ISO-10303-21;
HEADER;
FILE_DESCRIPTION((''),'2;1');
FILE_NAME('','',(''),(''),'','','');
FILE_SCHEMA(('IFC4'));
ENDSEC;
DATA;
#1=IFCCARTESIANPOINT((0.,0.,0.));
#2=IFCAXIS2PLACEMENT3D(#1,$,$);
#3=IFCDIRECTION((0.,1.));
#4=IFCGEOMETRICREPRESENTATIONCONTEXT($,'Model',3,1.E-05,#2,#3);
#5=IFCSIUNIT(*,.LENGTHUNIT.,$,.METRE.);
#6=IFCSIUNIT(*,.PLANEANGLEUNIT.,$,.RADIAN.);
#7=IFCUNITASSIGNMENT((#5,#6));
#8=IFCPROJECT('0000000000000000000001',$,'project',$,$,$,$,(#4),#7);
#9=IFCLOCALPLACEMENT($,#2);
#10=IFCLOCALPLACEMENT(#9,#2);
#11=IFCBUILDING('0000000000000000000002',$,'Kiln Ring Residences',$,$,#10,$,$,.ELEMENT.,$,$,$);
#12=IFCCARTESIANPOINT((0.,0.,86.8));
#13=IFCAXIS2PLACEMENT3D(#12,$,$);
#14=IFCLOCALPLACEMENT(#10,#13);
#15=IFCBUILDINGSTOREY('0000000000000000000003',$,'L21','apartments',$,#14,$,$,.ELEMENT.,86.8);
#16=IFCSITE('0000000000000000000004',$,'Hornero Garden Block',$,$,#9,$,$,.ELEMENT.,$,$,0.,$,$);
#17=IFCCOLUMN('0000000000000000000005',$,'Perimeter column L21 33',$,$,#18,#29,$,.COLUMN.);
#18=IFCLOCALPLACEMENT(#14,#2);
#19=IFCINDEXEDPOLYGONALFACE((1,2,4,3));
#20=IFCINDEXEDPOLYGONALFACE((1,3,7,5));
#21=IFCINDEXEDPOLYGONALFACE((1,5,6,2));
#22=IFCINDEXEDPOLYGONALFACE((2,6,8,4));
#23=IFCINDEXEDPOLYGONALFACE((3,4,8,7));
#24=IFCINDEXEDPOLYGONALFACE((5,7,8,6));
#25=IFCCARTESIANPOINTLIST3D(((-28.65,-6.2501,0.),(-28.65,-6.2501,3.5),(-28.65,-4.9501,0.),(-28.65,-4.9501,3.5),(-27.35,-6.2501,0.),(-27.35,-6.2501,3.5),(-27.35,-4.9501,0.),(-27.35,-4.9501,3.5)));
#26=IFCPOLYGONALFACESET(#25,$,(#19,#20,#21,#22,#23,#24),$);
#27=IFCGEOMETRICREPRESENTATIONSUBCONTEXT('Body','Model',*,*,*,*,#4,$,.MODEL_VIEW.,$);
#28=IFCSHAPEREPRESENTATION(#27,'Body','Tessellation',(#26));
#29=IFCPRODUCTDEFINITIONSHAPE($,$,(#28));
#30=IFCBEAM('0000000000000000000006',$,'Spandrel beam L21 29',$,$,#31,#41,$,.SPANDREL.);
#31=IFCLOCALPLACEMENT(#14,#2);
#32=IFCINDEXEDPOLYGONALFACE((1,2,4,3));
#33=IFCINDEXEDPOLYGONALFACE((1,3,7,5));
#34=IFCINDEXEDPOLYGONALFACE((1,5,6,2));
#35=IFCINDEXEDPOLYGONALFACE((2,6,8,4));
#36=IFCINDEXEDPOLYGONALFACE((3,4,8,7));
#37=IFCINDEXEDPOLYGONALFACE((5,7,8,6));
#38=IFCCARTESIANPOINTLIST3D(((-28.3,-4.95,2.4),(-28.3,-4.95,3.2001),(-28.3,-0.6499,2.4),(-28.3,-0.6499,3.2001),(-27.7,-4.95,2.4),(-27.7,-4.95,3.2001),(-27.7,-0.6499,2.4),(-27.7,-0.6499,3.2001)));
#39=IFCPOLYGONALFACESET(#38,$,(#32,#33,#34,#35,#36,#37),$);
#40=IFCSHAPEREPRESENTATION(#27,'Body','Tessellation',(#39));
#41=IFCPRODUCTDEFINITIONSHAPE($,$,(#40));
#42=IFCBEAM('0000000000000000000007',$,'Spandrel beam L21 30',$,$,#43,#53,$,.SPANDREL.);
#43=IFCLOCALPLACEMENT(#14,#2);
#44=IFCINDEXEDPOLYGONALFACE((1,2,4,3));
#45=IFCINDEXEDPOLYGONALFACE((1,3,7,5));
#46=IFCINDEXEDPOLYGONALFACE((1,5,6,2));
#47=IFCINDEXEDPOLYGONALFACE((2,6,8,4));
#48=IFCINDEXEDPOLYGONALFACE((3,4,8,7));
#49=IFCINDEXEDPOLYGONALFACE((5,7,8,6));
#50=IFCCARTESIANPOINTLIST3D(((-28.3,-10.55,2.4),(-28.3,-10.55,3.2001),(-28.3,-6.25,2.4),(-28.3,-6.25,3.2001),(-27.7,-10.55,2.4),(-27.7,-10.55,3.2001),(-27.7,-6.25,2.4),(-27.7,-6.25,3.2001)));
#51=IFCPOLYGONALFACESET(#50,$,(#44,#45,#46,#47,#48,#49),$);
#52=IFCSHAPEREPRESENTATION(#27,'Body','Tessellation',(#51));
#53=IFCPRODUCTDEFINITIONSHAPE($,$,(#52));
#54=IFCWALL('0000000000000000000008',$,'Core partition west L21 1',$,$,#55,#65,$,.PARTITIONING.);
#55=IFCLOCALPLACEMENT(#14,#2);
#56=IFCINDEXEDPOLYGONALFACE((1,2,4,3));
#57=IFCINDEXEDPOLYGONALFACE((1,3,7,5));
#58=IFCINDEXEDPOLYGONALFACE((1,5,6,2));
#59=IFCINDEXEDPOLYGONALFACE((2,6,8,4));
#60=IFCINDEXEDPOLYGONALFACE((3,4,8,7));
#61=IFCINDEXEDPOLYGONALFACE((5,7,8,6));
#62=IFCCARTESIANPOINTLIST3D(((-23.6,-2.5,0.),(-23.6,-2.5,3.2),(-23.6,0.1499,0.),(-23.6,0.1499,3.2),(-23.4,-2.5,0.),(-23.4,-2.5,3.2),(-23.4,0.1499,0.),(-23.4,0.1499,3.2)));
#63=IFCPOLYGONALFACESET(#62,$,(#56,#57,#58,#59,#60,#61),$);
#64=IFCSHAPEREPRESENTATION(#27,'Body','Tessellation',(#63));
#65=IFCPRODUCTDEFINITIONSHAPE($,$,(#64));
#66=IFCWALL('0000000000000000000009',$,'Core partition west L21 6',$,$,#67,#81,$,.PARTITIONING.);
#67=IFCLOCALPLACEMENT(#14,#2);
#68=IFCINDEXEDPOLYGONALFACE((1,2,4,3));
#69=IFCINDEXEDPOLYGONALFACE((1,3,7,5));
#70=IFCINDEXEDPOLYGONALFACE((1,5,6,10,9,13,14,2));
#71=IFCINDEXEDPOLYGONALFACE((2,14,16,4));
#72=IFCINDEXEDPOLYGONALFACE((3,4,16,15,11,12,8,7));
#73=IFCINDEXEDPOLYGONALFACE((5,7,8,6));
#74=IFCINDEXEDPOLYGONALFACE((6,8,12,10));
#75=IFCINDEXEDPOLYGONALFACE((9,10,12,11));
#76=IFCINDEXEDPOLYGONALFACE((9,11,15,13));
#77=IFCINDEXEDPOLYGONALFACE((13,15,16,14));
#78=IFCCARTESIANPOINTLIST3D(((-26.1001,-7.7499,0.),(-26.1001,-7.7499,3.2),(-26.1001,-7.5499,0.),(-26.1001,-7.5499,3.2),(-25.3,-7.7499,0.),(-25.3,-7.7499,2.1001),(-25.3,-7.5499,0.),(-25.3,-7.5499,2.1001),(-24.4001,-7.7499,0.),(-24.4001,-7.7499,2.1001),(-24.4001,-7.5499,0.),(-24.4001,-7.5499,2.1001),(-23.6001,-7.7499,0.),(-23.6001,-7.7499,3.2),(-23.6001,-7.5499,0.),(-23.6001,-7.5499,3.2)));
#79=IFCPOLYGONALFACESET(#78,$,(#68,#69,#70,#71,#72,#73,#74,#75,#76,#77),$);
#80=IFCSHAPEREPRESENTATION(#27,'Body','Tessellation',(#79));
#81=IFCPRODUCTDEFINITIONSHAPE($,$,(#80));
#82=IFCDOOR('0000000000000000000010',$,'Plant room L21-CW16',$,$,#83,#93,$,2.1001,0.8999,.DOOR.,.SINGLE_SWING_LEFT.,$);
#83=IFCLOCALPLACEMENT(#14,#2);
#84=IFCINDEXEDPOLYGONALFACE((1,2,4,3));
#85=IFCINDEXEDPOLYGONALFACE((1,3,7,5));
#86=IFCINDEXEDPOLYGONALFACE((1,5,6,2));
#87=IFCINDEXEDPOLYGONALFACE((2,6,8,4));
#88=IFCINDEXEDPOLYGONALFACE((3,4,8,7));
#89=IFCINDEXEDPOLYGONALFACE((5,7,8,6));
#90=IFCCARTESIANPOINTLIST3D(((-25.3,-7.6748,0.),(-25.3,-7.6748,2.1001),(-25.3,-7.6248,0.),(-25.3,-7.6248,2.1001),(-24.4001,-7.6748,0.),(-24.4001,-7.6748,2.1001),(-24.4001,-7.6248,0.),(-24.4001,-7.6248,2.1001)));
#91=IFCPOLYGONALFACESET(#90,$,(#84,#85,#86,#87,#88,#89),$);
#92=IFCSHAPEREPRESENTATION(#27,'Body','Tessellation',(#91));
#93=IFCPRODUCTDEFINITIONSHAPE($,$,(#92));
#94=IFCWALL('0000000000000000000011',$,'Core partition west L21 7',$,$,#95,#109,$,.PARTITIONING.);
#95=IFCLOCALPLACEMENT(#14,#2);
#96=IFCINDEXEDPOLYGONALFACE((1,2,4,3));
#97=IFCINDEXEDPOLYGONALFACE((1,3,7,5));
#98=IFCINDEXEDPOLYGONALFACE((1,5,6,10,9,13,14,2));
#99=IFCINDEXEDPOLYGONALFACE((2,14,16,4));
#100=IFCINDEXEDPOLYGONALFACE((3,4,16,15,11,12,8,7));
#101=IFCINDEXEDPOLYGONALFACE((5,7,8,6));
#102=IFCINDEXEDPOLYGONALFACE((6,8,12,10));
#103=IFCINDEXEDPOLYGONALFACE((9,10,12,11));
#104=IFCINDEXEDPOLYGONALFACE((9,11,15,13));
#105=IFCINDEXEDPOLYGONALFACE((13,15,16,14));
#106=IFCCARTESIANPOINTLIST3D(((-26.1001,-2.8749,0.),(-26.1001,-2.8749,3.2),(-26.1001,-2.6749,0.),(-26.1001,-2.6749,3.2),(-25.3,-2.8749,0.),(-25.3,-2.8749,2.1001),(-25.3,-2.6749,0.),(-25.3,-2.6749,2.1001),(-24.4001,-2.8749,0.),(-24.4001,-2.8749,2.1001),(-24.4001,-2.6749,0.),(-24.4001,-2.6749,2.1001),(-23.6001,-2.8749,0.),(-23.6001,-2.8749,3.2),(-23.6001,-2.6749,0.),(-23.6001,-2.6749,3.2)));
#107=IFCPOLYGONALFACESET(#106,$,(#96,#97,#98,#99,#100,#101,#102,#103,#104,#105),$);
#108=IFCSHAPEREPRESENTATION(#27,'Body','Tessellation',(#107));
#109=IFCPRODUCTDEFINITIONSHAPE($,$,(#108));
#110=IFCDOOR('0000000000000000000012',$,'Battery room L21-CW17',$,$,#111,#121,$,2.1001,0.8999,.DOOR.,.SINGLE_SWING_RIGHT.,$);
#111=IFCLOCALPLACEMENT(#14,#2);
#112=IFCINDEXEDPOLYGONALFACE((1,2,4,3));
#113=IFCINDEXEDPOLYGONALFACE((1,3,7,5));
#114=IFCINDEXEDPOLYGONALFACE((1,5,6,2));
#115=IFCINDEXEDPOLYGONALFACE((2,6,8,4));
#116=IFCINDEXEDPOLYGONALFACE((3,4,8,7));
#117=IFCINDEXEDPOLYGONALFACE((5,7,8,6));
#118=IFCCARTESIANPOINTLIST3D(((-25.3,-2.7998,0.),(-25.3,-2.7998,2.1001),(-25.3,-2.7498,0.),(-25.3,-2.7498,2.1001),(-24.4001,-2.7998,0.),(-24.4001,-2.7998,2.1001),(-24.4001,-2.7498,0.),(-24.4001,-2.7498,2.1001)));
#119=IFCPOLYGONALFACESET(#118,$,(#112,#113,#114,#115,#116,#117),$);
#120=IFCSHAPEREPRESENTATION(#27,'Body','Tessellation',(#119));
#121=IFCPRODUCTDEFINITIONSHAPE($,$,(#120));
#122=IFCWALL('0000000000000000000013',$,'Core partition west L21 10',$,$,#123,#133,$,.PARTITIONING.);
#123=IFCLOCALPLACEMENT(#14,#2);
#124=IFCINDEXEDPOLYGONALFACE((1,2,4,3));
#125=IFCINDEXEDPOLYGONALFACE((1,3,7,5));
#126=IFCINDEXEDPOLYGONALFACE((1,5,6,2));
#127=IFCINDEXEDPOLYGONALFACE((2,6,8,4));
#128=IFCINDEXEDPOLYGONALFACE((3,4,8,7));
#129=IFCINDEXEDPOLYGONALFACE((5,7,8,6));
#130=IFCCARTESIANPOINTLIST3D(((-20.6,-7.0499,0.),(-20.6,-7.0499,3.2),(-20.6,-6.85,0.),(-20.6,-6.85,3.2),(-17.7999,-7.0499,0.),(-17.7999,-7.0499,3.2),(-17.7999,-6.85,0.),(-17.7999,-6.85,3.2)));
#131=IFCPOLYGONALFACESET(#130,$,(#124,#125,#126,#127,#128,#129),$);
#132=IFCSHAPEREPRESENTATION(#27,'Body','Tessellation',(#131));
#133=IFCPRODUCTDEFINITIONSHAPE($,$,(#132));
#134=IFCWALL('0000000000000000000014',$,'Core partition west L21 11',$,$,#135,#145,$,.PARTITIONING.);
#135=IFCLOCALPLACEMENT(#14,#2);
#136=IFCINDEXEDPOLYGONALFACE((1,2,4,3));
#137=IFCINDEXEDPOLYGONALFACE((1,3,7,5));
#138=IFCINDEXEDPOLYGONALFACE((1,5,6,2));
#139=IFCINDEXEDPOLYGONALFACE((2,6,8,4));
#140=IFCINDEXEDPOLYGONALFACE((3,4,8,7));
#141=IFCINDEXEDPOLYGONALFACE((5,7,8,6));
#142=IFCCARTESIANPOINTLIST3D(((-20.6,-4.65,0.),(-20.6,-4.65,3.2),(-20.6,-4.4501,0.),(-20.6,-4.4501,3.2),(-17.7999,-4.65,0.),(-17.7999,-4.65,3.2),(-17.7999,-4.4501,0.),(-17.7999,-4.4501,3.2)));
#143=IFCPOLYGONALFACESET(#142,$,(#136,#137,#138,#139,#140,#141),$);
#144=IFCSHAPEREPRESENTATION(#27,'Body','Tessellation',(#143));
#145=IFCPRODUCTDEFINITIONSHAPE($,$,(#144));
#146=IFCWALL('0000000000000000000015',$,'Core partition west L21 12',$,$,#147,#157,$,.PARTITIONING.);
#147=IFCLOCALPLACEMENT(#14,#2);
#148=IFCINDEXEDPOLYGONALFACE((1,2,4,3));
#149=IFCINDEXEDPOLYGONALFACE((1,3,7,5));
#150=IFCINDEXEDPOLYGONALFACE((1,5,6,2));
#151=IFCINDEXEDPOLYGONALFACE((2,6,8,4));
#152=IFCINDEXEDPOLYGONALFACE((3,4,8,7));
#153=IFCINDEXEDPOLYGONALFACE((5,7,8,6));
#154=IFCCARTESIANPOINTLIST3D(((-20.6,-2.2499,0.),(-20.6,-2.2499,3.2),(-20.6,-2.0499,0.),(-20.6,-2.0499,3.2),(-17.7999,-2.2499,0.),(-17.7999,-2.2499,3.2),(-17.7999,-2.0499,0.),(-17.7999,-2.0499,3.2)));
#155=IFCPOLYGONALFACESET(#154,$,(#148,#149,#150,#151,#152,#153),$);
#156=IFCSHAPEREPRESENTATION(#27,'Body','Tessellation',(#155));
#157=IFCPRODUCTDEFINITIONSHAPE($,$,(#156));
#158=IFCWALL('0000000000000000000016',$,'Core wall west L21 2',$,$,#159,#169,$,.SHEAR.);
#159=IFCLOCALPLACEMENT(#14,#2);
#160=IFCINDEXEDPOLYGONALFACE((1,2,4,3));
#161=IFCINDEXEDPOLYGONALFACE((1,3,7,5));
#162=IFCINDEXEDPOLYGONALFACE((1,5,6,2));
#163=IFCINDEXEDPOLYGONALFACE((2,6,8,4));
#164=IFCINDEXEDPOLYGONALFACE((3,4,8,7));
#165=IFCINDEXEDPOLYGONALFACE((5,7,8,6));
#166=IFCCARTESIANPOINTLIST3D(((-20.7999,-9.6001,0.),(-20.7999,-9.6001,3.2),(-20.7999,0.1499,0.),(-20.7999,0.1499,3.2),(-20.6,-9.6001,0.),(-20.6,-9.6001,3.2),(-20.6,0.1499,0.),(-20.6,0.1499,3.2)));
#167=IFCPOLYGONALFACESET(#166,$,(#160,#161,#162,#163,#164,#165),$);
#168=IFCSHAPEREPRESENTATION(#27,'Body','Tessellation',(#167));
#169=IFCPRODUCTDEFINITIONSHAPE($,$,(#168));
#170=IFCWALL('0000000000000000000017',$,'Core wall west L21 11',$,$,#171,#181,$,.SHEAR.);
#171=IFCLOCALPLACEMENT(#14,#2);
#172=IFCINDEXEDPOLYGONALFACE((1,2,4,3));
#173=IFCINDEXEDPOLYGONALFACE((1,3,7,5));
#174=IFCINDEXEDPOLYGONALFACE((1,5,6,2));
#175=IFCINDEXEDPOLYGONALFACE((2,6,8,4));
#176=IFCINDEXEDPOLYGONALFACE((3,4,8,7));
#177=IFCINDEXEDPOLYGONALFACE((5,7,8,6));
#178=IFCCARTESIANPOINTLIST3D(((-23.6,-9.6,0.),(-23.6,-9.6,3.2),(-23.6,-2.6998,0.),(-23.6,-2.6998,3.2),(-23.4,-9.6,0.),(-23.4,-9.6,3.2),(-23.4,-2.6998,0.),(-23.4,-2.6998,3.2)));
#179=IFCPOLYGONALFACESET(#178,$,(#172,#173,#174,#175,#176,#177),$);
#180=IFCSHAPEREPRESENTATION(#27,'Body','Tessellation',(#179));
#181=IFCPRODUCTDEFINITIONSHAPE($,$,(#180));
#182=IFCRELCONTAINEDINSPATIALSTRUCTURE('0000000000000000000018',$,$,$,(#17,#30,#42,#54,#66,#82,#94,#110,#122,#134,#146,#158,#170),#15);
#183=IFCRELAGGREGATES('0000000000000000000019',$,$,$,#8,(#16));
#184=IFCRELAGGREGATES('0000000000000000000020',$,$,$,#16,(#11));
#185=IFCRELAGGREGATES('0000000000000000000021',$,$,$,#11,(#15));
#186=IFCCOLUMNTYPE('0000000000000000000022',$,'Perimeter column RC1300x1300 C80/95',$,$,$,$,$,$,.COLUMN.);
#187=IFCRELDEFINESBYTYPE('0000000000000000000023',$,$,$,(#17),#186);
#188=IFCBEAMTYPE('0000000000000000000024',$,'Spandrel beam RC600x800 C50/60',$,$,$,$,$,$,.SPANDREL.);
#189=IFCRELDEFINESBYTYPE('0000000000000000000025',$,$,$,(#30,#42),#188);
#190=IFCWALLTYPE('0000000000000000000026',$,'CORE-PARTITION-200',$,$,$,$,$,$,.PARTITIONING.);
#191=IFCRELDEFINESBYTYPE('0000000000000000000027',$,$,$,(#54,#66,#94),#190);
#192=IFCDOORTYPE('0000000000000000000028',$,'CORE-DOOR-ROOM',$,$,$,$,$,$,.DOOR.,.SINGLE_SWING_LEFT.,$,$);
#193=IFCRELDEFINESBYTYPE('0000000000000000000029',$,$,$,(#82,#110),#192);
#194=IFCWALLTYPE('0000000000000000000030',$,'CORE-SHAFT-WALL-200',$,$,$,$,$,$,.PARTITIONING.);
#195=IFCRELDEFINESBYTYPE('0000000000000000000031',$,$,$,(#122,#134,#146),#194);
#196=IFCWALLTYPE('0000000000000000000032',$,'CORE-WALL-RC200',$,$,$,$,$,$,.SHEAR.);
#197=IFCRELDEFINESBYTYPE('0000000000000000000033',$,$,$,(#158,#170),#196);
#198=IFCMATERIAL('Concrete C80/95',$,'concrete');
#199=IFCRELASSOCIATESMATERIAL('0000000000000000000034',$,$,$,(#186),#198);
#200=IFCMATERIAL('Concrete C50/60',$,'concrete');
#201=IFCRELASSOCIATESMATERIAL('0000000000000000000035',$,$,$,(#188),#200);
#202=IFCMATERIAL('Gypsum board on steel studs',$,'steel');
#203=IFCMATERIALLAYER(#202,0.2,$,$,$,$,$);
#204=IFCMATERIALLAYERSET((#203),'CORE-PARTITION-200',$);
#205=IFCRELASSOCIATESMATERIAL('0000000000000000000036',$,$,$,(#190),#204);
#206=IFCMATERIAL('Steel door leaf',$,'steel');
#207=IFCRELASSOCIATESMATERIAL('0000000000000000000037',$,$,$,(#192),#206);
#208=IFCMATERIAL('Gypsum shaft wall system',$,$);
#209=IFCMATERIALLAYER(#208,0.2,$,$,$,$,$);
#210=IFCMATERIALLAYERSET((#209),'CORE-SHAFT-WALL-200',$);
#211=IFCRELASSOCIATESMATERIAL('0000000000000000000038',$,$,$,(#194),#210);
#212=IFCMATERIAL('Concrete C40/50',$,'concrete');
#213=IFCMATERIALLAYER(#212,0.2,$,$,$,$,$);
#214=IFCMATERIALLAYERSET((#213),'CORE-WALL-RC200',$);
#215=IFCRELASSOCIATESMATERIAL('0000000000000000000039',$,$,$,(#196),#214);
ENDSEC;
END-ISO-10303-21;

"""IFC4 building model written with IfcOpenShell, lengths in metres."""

from ifc_helpers import new_model, si_unit, direction, frame, frame_2d, origin, origin_2d, place, context, subcontext, project, spatial, rectangle, extrude, material, layer, layer_set, material_profile, profile_set, type_object, element, fill, save


model = new_model("IFC4")

# Units and contexts
model_context = context("Model", 3, precision=1e-05, world=origin(), true_north=direction((0.0, 1.0)))
body_context = subcontext(model_context, "Body", "Model", "MODEL_VIEW")
ifc_project = project(units=[si_unit("LENGTHUNIT", "METRE"), si_unit("PLANEANGLEUNIT", "RADIAN")], contexts=[model_context])

# Site, building, storey
site_placement = place(None, origin())
site = spatial("IfcSite", under=ifc_project, at=site_placement, Name="Hornero Garden Block", CompositionType="ELEMENT", RefElevation=0.0)
building_placement = place(site_placement, origin())
building = spatial("IfcBuilding", under=site, at=building_placement, Name="Kiln Ring Residences", CompositionType="ELEMENT")
storey_placement = place(building_placement, frame((0.0, 0.0, 86.8)))
storey = spatial("IfcBuildingStorey", under=building, at=storey_placement, Name="L21", Description="apartments", CompositionType="ELEMENT", Elevation=86.8)

# Column
ifc_material_1 = material(Name="Concrete C80/95", Category="concrete")
ifc_material_profile_1 = material_profile(ifc_material_1, rectangle(XDim=1.3, YDim=1.3, at=origin_2d()), Name="RC1300x1300")
ifc_profile_set_1 = profile_set([ifc_material_profile_1], Name="Concrete C80/95")
column_type = type_object("IfcColumnType", Name="Perimeter column RC1300x1300 C80/95", PredefinedType="COLUMN", material=ifc_profile_set_1)
column_placement = place(storey_placement, frame((-28.0, -5.6001, 0.0), z_axis=(0.0, 0.0, 1.0), x_axis=(1.0, 0.0, 0.0)))
element("IfcColumn", 1, at=column_placement, inside=storey, type_object=column_type, Name="Perimeter column L21 33", PredefinedType="COLUMN", context=body_context, shape_type="SweptSolid", body=[
    extrude(rectangle(XDim=1.3, YDim=1.3, at=origin_2d()), origin(), (0.0, 0.0, 1.0), 3.5),
])

# Beams
ifc_material_2 = material(Name="Concrete C50/60", Category="concrete")
ifc_material_profile_2 = material_profile(ifc_material_2, rectangle(XDim=0.6001, YDim=0.8, at=origin_2d()), Name="RC600x800")
ifc_profile_set_2 = profile_set([ifc_material_profile_2], Name="Concrete C50/60")
beam_type = type_object("IfcBeamType", Name="Spandrel beam RC600x800 C50/60", PredefinedType="SPANDREL", material=ifc_profile_set_2)
for number, where, z_axis, x_axis, name in (
    (2, (-28.0, -0.6499, 2.8), (0.0, -1.0, 0.0), (1.0, 0.0, 0.0), "Spandrel beam L21 29"),
    (3, (-28.0, -6.25, 2.8), (0.0, -1.0, 0.0), (1.0, 0.0, 0.0), "Spandrel beam L21 30"),
):
    element("IfcBeam", number, at=place(storey_placement, frame(where, z_axis=z_axis, x_axis=x_axis)), inside=storey, type_object=beam_type, Name=name, PredefinedType="SPANDREL", context=body_context, shape_type="SweptSolid", body=[
        extrude(rectangle(XDim=0.6001, YDim=0.8, at=origin_2d()), origin(), (0.0, 0.0, 1.0), 4.3),
    ])

# Wall
ifc_material_3 = material(Name="Gypsum board on steel studs", Category="steel")
ifc_layer_1 = layer(ifc_material_3, 0.2)
ifc_layer_set_1 = layer_set([ifc_layer_1], Name="CORE-PARTITION-200")
wall_type_1 = type_object("IfcWallType", Name="CORE-PARTITION-200", PredefinedType="PARTITIONING", material=ifc_layer_set_1)
wall_1_placement = place(storey_placement, frame((-23.5, -2.5, 0.0), z_axis=(0.0, 0.0, 1.0), x_axis=(0.0, 1.0, 0.0)))
element("IfcWall", 4, at=wall_1_placement, inside=storey, type_object=wall_type_1, Name="Core partition west L21 1", PredefinedType="PARTITIONING", context=body_context, shape_type="SweptSolid", body=[
    extrude(rectangle(XDim=2.6499, YDim=0.2, at=frame_2d((1.325, 0.0))), origin(), (0.0, 0.0, 1.0), 3.2),
])

# Walls, openings, doors
wall_2_placement = place(storey_placement, frame((-23.6001, -7.6499, 0.0), z_axis=(0.0, 0.0, 1.0), x_axis=(-1.0, 0.0, 0.0)))
wall_2 = element("IfcWall", 5, at=wall_2_placement, inside=storey, type_object=wall_type_1, Name="Core partition west L21 6", PredefinedType="PARTITIONING", context=body_context, shape_type="SweptSolid", body=[
    extrude(rectangle(XDim=2.5, YDim=0.2, at=frame_2d((1.25, 0.0))), origin(), (0.0, 0.0, 1.0), 3.2),
])
opening_1_placement = place(wall_2_placement, frame((0.8, 0.0, 0.0)))
opening_1 = element("IfcOpeningElement", 6, at=opening_1_placement, cuts=wall_2, PredefinedType="OPENING", context=body_context, shape_type="SweptSolid", body=[
    extrude(rectangle(XDim=0.8999, YDim=2.1001, at=frame_2d((0.45, 1.05))), frame((0.0, 0.1099, 0.0), z_axis=(0.0, -1.0, 0.0), x_axis=(1.0, 0.0, 0.0)), (0.0, 0.0, 1.0), 0.22),
])
ifc_material_4 = material(Name="Steel door leaf", Category="steel")
door_type = type_object("IfcDoorType", Name="CORE-DOOR-ROOM", OperationType="SINGLE_SWING_LEFT", PredefinedType="DOOR", material=ifc_material_4)
door_1_placement = place(opening_1_placement, origin())
door_1 = element("IfcDoor", 7, at=door_1_placement, inside=storey, type_object=door_type, Name="Plant room L21-CW16", OperationType="SINGLE_SWING_LEFT", OverallHeight=2.1001, OverallWidth=0.8999, PredefinedType="DOOR", context=body_context, shape_type="SweptSolid", body=[
    extrude(rectangle(XDim=0.8999, YDim=2.1001, at=frame_2d((0.45, 1.05))), frame((0.0, 0.0249, 0.0), z_axis=(0.0, -1.0, 0.0), x_axis=(1.0, 0.0, 0.0)), (0.0, 0.0, 1.0), 0.05),
])
fill(opening_1, door_1)
wall_3_placement = place(storey_placement, frame((-23.6001, -2.7749, 0.0), z_axis=(0.0, 0.0, 1.0), x_axis=(-1.0, 0.0, 0.0)))
wall_3 = element("IfcWall", 8, at=wall_3_placement, inside=storey, type_object=wall_type_1, Name="Core partition west L21 7", PredefinedType="PARTITIONING", context=body_context, shape_type="SweptSolid", body=[
    extrude(rectangle(XDim=2.5, YDim=0.2, at=frame_2d((1.25, 0.0))), origin(), (0.0, 0.0, 1.0), 3.2),
])
opening_2_placement = place(wall_3_placement, frame((0.8, 0.0, 0.0)))
opening_2 = element("IfcOpeningElement", 9, at=opening_2_placement, cuts=wall_3, PredefinedType="OPENING", context=body_context, shape_type="SweptSolid", body=[
    extrude(rectangle(XDim=0.8999, YDim=2.1001, at=frame_2d((0.45, 1.05))), frame((0.0, 0.1099, 0.0), z_axis=(0.0, -1.0, 0.0), x_axis=(1.0, 0.0, 0.0)), (0.0, 0.0, 1.0), 0.22),
])
door_2_placement = place(opening_2_placement, origin())
door_2 = element("IfcDoor", 10, at=door_2_placement, inside=storey, type_object=door_type, Name="Battery room L21-CW17", OperationType="SINGLE_SWING_RIGHT", OverallHeight=2.1001, OverallWidth=0.8999, PredefinedType="DOOR", context=body_context, shape_type="SweptSolid", body=[
    extrude(rectangle(XDim=0.8999, YDim=2.1001, at=frame_2d((0.45, 1.05))), frame((0.0, 0.0249, 0.0), z_axis=(0.0, -1.0, 0.0), x_axis=(1.0, 0.0, 0.0)), (0.0, 0.0, 1.0), 0.05),
])
fill(opening_2, door_2)

# Walls
ifc_material_5 = material(Name="Gypsum shaft wall system")
ifc_layer_2 = layer(ifc_material_5, 0.2)
ifc_layer_set_2 = layer_set([ifc_layer_2], Name="CORE-SHAFT-WALL-200")
wall_type_2 = type_object("IfcWallType", Name="CORE-SHAFT-WALL-200", PredefinedType="PARTITIONING", material=ifc_layer_set_2)
for number, where, z_axis, x_axis, name in (
    (11, (-17.8, -6.95, 0.0), (0.0, 0.0, 1.0), (-1.0, 0.0, 0.0), "Core partition west L21 10"),
    (12, (-17.8, -4.55, 0.0), (0.0, 0.0, 1.0), (-1.0, 0.0, 0.0), "Core partition west L21 11"),
    (13, (-17.8, -2.1499, 0.0), (0.0, 0.0, 1.0), (-1.0, 0.0, 0.0), "Core partition west L21 12"),
):
    element("IfcWall", number, at=place(storey_placement, frame(where, z_axis=z_axis, x_axis=x_axis)), inside=storey, type_object=wall_type_2, Name=name, PredefinedType="PARTITIONING", context=body_context, shape_type="SweptSolid", body=[
        extrude(rectangle(XDim=2.8, YDim=0.2, at=frame_2d((1.3999, 0.0))), origin(), (0.0, 0.0, 1.0), 3.2),
    ])
ifc_material_6 = material(Name="Concrete C40/50", Category="concrete")
ifc_layer_3 = layer(ifc_material_6, 0.2)
ifc_layer_set_3 = layer_set([ifc_layer_3], Name="CORE-WALL-RC200")
wall_type_3 = type_object("IfcWallType", Name="CORE-WALL-RC200", PredefinedType="SHEAR", material=ifc_layer_set_3)
wall_4_placement = place(storey_placement, frame((-20.7, -9.6001, 0.0), z_axis=(0.0, 0.0, 1.0), x_axis=(0.0, 1.0, 0.0)))
element("IfcWall", 14, at=wall_4_placement, inside=storey, type_object=wall_type_3, Name="Core wall west L21 2", PredefinedType="SHEAR", context=body_context, shape_type="SweptSolid", body=[
    extrude(rectangle(XDim=9.75, YDim=0.2, at=frame_2d((4.875, 0.0))), origin(), (0.0, 0.0, 1.0), 3.2),
])
wall_5_placement = place(storey_placement, frame((-23.5, -9.6001, 0.0), z_axis=(0.0, 0.0, 1.0), x_axis=(0.0, 1.0, 0.0)))
element("IfcWall", 15, at=wall_5_placement, inside=storey, type_object=wall_type_3, Name="Core wall west L21 11", PredefinedType="SHEAR", context=body_context, shape_type="SweptSolid", body=[
    extrude(rectangle(XDim=6.9001, YDim=0.2, at=frame_2d((3.4502, 0.0))), origin(), (0.0, 0.0, 1.0), 3.2),
])

save(model, "model.ifc")
